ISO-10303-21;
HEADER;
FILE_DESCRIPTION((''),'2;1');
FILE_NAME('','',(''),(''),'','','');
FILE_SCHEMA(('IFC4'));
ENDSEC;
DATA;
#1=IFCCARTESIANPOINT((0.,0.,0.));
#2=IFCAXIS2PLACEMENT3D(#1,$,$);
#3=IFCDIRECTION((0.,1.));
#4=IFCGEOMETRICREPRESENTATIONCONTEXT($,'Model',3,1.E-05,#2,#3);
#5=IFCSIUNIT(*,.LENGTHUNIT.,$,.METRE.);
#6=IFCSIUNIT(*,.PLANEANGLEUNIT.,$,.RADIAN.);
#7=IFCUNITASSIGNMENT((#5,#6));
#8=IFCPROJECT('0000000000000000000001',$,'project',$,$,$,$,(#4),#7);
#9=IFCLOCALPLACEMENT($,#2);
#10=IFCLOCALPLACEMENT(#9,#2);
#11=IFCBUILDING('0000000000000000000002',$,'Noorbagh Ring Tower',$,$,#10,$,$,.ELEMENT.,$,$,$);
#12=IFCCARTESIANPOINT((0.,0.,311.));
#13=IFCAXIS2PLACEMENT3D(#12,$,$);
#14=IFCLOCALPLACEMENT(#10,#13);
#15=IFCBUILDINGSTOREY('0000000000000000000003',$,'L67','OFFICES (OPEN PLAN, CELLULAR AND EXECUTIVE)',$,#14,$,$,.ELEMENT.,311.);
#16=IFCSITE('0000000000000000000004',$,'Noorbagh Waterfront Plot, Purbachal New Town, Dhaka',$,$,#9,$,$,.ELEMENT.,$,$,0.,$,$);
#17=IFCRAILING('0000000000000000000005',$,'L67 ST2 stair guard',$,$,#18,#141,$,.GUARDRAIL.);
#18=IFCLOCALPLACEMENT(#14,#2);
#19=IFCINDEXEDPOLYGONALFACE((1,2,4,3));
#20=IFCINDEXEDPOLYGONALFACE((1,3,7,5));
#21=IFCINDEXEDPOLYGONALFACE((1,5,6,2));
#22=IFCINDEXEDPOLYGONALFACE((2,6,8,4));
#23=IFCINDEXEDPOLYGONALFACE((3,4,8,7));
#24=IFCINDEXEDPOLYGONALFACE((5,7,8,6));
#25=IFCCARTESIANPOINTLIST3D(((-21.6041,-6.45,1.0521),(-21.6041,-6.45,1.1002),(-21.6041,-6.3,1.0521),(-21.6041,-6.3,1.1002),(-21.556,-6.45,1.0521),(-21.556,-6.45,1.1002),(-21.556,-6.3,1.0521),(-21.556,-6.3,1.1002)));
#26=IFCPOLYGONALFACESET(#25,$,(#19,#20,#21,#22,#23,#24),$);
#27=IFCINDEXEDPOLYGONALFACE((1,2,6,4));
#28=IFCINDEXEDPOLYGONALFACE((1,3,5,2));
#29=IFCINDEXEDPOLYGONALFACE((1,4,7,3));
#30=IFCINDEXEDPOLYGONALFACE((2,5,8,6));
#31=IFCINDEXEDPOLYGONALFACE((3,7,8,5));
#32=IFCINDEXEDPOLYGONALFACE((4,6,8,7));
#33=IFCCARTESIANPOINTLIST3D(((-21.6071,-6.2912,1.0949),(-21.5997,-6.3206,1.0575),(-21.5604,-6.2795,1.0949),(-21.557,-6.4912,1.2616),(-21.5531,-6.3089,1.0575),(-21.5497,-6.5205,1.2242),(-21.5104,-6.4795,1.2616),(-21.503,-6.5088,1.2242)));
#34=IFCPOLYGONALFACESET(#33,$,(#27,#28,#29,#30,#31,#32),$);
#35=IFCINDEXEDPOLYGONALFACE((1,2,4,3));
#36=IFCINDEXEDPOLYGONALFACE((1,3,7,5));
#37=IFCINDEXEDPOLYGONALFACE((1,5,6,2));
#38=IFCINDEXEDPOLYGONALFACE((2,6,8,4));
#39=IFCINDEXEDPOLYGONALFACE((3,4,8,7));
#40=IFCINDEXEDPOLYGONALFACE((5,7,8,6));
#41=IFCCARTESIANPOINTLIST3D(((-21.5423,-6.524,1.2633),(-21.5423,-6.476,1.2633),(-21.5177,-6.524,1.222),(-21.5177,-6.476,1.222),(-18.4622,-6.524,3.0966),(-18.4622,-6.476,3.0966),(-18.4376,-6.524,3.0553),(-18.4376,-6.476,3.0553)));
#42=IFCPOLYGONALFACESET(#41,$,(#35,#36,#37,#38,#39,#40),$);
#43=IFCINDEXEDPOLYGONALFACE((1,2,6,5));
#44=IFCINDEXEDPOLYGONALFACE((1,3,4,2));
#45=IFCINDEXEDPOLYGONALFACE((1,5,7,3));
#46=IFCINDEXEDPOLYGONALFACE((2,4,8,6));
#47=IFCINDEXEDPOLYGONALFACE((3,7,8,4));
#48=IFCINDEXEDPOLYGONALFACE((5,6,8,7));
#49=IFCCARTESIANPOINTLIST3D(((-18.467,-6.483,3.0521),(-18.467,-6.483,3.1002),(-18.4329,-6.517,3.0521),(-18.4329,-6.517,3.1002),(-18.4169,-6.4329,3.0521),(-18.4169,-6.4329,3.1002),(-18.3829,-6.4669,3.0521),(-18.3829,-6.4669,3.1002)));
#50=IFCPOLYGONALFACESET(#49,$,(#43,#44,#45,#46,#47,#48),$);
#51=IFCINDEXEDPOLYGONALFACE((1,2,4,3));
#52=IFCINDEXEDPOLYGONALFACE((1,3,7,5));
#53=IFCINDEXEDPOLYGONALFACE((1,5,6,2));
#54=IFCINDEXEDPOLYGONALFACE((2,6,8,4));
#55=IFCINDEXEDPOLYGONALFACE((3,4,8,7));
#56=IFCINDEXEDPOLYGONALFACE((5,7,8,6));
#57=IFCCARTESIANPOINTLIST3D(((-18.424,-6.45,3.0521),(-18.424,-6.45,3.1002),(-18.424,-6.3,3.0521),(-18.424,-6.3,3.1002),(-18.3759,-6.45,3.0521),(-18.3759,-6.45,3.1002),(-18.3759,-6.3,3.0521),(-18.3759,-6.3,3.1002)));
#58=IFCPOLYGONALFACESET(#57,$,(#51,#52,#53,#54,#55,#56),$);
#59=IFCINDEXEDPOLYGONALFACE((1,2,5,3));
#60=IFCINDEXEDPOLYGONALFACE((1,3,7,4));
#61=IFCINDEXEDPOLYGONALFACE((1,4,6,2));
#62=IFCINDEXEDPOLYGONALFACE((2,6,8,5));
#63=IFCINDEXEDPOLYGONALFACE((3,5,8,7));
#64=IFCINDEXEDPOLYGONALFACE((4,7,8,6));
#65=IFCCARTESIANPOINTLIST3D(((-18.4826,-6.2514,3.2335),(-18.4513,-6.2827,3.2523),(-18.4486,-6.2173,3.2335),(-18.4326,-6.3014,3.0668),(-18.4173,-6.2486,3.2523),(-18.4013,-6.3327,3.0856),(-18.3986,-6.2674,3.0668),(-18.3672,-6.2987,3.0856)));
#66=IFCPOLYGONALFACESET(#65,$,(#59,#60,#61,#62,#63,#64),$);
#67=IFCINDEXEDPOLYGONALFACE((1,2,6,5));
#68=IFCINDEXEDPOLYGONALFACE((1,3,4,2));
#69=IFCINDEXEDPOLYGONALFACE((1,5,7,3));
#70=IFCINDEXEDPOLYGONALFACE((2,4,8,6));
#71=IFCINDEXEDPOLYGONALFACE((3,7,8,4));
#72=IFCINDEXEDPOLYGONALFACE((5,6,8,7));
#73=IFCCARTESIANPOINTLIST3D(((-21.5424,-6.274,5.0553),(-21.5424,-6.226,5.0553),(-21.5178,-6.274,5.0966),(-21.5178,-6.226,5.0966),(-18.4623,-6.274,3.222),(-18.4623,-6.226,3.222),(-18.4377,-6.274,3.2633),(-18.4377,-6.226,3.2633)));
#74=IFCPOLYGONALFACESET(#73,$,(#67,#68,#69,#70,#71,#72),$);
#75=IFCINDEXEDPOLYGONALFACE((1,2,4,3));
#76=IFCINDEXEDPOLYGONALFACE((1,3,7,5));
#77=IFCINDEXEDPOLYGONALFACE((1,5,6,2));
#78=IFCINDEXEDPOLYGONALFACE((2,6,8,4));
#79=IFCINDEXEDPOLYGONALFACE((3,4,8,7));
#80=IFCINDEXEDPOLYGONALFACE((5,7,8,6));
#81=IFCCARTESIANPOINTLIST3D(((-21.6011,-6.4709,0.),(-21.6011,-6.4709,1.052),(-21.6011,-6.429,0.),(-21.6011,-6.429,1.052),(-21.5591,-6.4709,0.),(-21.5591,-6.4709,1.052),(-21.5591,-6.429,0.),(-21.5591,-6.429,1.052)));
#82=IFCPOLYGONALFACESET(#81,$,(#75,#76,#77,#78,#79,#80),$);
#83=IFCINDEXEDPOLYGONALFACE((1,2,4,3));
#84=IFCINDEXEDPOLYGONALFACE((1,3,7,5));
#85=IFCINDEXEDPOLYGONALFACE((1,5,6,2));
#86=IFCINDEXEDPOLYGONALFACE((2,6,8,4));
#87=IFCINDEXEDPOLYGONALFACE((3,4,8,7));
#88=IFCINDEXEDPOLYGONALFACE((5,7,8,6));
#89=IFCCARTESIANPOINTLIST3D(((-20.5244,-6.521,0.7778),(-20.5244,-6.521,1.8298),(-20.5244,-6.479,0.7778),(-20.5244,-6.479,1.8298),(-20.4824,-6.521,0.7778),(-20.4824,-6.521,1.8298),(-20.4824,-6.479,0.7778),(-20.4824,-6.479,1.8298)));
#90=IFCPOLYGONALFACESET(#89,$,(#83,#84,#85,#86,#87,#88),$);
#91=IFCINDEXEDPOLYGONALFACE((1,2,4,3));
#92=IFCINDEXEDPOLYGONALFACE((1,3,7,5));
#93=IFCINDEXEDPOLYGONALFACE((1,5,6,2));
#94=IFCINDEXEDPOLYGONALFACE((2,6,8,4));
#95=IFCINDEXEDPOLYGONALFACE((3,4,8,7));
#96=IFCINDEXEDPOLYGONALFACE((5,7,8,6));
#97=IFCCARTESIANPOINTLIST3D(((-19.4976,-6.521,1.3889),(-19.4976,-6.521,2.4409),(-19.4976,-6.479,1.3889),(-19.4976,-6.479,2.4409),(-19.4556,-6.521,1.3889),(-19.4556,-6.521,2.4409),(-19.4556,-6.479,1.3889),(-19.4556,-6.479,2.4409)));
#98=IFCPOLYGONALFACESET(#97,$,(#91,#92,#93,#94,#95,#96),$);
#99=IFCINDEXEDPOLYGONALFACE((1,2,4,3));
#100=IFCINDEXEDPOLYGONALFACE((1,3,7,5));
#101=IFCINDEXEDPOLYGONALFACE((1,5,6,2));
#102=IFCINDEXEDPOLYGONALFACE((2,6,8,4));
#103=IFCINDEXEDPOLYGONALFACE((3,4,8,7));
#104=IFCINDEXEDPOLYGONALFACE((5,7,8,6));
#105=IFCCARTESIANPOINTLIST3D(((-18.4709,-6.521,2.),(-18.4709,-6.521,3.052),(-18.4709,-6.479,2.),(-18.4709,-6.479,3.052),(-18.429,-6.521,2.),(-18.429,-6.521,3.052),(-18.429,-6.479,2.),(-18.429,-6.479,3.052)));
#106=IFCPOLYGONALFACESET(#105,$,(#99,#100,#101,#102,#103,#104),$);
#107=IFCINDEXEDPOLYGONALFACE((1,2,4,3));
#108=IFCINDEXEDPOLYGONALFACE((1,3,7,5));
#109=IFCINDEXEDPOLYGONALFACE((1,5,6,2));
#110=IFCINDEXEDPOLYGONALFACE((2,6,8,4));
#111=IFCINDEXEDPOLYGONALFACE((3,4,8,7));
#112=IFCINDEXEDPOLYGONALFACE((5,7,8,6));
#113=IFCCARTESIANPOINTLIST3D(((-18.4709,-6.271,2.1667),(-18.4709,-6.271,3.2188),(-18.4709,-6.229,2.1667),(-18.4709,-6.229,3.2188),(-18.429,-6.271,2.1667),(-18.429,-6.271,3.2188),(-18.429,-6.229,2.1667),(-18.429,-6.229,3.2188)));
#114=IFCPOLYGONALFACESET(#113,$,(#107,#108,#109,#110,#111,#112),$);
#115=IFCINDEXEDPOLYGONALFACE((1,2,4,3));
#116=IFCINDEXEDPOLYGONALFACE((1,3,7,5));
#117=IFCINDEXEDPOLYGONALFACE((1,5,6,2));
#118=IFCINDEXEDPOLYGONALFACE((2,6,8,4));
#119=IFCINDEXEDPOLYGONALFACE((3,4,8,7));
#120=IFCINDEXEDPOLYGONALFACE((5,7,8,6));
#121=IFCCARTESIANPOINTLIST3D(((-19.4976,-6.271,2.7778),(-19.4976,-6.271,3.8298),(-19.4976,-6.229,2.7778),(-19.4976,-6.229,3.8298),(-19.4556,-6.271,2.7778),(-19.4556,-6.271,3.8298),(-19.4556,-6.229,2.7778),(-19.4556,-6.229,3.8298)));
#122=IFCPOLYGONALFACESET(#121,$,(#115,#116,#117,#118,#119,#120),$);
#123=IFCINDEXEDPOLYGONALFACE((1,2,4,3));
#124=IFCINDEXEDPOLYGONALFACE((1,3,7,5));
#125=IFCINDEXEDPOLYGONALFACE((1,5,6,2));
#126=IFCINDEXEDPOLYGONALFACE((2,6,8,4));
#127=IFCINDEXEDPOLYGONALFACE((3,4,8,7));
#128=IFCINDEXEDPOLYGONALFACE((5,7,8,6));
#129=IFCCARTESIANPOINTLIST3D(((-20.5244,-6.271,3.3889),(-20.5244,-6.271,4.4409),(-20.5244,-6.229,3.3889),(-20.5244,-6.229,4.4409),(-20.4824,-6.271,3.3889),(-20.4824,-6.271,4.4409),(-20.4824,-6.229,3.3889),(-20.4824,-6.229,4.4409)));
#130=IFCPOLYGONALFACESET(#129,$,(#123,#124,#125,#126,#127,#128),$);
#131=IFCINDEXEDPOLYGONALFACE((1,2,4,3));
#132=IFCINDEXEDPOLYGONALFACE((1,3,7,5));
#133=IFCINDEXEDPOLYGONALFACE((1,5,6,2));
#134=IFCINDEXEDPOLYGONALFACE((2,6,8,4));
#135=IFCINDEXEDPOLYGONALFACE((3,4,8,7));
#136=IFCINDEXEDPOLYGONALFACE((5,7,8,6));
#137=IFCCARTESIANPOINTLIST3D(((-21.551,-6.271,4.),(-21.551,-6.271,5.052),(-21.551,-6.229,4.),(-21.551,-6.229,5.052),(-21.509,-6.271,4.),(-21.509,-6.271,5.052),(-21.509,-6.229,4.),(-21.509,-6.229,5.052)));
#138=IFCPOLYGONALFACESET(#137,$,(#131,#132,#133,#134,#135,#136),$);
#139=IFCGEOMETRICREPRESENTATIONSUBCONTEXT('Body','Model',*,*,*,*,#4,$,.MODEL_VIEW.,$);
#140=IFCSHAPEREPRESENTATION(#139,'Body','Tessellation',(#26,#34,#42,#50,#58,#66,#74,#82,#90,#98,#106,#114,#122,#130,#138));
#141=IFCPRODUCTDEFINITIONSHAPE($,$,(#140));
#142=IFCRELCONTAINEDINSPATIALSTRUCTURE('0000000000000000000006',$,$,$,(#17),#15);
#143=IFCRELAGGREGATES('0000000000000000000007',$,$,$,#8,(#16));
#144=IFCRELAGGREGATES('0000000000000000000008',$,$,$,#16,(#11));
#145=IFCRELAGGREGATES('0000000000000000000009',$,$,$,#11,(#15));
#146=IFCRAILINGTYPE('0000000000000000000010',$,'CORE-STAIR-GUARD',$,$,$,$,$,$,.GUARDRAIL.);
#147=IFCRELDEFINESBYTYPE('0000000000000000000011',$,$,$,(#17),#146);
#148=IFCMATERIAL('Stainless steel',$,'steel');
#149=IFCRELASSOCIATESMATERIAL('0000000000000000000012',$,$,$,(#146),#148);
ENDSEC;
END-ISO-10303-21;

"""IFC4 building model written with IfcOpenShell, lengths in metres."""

from ifc_helpers import new_model, si_unit, direction, frame, origin, origin_2d, place, context, subcontext, project, spatial, rectangle, extrude, material, type_object, element, save


model = new_model("IFC4")

# Units and contexts
model_context = context("Model", 3, precision=1e-05, world=origin(), true_north=direction((0.0, 1.0)))
body_context = subcontext(model_context, "Body", "Model", "MODEL_VIEW")
ifc_project = project(units=[si_unit("LENGTHUNIT", "METRE"), si_unit("PLANEANGLEUNIT", "RADIAN")], contexts=[model_context])

# Site, building, storey
site_placement = place(None, origin())
site = spatial("IfcSite", under=ifc_project, at=site_placement, Name="Noorbagh Waterfront Plot, Purbachal New Town, Dhaka", CompositionType="ELEMENT", RefElevation=0.0)
building_placement = place(site_placement, origin())
building = spatial("IfcBuilding", under=site, at=building_placement, Name="Noorbagh Ring Tower", CompositionType="ELEMENT")
storey_placement = place(building_placement, frame((0.0, 0.0, 311.0)))
storey = spatial("IfcBuildingStorey", under=building, at=storey_placement, Name="L67", Description="OFFICES (OPEN PLAN, CELLULAR AND EXECUTIVE)", CompositionType="ELEMENT", Elevation=311.0)

# Railing
ifc_material_1 = material(Name="Stainless steel", Category="steel")
railing_type_1 = type_object("IfcRailingType", Name="CORE-STAIR-GUARD", PredefinedType="GUARDRAIL", material=ifc_material_1)
railing_1_placement = place(storey_placement, frame((-21.5801, -6.45, 0.0)))
element("IfcRailing", 1, at=railing_1_placement, inside=storey, type_object=railing_type_1, Name="L67 ST2 stair guard", PredefinedType="GUARDRAIL", context=body_context, shape_type="SweptSolid", body=[
    extrude(rectangle(XDim=0.0481, YDim=0.0481, at=origin_2d()), frame((0.0, 0.0, 1.0762), z_axis=(0.0, 1.0, 0.0), x_axis=(-1.0, 0.0, 0.0)), (0.0, 0.0, 1.0), 0.1499),
    extrude(rectangle(XDim=0.0481, YDim=0.0481, at=origin_2d()), frame((0.0, 0.1499, 1.0762), z_axis=(0.188776, -0.754182, 0.628946), x_axis=(0.970073, 0.242814, 0.0)), (0.0, 0.0, 1.0), 0.2651),
    extrude(rectangle(XDim=0.0481, YDim=0.0481, at=origin_2d()), frame((0.05, -0.05, 1.2427), z_axis=(0.859309, 0.0, 0.511458), x_axis=(0.0, 1.0, 0.0)), (0.0, 0.0, 1.0), 3.5845),
    extrude(rectangle(XDim=0.0481, YDim=0.0481, at=origin_2d()), frame((3.1301, -0.05, 3.0762), z_axis=(0.707107, 0.707107, 0.0), x_axis=(-0.707107, 0.707107, 0.0)), (0.0, 0.0, 1.0), 0.0708),
    extrude(rectangle(XDim=0.0481, YDim=0.0481, at=origin_2d()), frame((3.1802, 0.0, 3.0762), z_axis=(0.0, 1.0, 0.0), x_axis=(-1.0, 0.0, 0.0)), (0.0, 0.0, 1.0), 0.1499),
    extrude(rectangle(XDim=0.0481, YDim=0.0481, at=origin_2d()), frame((3.1802, 0.1499, 3.0762), z_axis=(-0.276287, 0.276287, 0.920506), x_axis=(-0.707107, -0.707107, 0.0)), (0.0, 0.0, 1.0), 0.1812),
    extrude(rectangle(XDim=0.0481, YDim=0.0481, at=origin_2d()), frame((3.1301, 0.2, 3.2427), z_axis=(-0.859309, 0.0, 0.511458), x_axis=(0.0, -1.0, 0.0)), (0.0, 0.0, 1.0), 3.5845),
    extrude(rectangle(XDim=0.042, YDim=0.042, at=origin_2d()), origin(), (0.0, 0.0, 1.0), 1.052),
    extrude(rectangle(XDim=0.042, YDim=0.042, at=origin_2d()), frame((1.0767, -0.05, 0.7778)), (0.0, 0.0, 1.0), 1.052),
    extrude(rectangle(XDim=0.042, YDim=0.042, at=origin_2d()), frame((2.1035, -0.05, 1.3889)), (0.0, 0.0, 1.0), 1.052),
    extrude(rectangle(XDim=0.042, YDim=0.042, at=origin_2d()), frame((3.1301, -0.05, 2.0)), (0.0, 0.0, 1.0), 1.052),
    extrude(rectangle(XDim=0.042, YDim=0.042, at=origin_2d()), frame((3.1301, 0.2, 2.1667)), (0.0, 0.0, 1.0), 1.052),
    extrude(rectangle(XDim=0.042, YDim=0.042, at=origin_2d()), frame((2.1035, 0.2, 2.7778)), (0.0, 0.0, 1.0), 1.052),
    extrude(rectangle(XDim=0.042, YDim=0.042, at=origin_2d()), frame((1.0767, 0.2, 3.3889)), (0.0, 0.0, 1.0), 1.052),
    extrude(rectangle(XDim=0.042, YDim=0.042, at=origin_2d()), frame((0.05, 0.2, 4.0)), (0.0, 0.0, 1.0), 1.052),
])

save(model, "model.ifc")
